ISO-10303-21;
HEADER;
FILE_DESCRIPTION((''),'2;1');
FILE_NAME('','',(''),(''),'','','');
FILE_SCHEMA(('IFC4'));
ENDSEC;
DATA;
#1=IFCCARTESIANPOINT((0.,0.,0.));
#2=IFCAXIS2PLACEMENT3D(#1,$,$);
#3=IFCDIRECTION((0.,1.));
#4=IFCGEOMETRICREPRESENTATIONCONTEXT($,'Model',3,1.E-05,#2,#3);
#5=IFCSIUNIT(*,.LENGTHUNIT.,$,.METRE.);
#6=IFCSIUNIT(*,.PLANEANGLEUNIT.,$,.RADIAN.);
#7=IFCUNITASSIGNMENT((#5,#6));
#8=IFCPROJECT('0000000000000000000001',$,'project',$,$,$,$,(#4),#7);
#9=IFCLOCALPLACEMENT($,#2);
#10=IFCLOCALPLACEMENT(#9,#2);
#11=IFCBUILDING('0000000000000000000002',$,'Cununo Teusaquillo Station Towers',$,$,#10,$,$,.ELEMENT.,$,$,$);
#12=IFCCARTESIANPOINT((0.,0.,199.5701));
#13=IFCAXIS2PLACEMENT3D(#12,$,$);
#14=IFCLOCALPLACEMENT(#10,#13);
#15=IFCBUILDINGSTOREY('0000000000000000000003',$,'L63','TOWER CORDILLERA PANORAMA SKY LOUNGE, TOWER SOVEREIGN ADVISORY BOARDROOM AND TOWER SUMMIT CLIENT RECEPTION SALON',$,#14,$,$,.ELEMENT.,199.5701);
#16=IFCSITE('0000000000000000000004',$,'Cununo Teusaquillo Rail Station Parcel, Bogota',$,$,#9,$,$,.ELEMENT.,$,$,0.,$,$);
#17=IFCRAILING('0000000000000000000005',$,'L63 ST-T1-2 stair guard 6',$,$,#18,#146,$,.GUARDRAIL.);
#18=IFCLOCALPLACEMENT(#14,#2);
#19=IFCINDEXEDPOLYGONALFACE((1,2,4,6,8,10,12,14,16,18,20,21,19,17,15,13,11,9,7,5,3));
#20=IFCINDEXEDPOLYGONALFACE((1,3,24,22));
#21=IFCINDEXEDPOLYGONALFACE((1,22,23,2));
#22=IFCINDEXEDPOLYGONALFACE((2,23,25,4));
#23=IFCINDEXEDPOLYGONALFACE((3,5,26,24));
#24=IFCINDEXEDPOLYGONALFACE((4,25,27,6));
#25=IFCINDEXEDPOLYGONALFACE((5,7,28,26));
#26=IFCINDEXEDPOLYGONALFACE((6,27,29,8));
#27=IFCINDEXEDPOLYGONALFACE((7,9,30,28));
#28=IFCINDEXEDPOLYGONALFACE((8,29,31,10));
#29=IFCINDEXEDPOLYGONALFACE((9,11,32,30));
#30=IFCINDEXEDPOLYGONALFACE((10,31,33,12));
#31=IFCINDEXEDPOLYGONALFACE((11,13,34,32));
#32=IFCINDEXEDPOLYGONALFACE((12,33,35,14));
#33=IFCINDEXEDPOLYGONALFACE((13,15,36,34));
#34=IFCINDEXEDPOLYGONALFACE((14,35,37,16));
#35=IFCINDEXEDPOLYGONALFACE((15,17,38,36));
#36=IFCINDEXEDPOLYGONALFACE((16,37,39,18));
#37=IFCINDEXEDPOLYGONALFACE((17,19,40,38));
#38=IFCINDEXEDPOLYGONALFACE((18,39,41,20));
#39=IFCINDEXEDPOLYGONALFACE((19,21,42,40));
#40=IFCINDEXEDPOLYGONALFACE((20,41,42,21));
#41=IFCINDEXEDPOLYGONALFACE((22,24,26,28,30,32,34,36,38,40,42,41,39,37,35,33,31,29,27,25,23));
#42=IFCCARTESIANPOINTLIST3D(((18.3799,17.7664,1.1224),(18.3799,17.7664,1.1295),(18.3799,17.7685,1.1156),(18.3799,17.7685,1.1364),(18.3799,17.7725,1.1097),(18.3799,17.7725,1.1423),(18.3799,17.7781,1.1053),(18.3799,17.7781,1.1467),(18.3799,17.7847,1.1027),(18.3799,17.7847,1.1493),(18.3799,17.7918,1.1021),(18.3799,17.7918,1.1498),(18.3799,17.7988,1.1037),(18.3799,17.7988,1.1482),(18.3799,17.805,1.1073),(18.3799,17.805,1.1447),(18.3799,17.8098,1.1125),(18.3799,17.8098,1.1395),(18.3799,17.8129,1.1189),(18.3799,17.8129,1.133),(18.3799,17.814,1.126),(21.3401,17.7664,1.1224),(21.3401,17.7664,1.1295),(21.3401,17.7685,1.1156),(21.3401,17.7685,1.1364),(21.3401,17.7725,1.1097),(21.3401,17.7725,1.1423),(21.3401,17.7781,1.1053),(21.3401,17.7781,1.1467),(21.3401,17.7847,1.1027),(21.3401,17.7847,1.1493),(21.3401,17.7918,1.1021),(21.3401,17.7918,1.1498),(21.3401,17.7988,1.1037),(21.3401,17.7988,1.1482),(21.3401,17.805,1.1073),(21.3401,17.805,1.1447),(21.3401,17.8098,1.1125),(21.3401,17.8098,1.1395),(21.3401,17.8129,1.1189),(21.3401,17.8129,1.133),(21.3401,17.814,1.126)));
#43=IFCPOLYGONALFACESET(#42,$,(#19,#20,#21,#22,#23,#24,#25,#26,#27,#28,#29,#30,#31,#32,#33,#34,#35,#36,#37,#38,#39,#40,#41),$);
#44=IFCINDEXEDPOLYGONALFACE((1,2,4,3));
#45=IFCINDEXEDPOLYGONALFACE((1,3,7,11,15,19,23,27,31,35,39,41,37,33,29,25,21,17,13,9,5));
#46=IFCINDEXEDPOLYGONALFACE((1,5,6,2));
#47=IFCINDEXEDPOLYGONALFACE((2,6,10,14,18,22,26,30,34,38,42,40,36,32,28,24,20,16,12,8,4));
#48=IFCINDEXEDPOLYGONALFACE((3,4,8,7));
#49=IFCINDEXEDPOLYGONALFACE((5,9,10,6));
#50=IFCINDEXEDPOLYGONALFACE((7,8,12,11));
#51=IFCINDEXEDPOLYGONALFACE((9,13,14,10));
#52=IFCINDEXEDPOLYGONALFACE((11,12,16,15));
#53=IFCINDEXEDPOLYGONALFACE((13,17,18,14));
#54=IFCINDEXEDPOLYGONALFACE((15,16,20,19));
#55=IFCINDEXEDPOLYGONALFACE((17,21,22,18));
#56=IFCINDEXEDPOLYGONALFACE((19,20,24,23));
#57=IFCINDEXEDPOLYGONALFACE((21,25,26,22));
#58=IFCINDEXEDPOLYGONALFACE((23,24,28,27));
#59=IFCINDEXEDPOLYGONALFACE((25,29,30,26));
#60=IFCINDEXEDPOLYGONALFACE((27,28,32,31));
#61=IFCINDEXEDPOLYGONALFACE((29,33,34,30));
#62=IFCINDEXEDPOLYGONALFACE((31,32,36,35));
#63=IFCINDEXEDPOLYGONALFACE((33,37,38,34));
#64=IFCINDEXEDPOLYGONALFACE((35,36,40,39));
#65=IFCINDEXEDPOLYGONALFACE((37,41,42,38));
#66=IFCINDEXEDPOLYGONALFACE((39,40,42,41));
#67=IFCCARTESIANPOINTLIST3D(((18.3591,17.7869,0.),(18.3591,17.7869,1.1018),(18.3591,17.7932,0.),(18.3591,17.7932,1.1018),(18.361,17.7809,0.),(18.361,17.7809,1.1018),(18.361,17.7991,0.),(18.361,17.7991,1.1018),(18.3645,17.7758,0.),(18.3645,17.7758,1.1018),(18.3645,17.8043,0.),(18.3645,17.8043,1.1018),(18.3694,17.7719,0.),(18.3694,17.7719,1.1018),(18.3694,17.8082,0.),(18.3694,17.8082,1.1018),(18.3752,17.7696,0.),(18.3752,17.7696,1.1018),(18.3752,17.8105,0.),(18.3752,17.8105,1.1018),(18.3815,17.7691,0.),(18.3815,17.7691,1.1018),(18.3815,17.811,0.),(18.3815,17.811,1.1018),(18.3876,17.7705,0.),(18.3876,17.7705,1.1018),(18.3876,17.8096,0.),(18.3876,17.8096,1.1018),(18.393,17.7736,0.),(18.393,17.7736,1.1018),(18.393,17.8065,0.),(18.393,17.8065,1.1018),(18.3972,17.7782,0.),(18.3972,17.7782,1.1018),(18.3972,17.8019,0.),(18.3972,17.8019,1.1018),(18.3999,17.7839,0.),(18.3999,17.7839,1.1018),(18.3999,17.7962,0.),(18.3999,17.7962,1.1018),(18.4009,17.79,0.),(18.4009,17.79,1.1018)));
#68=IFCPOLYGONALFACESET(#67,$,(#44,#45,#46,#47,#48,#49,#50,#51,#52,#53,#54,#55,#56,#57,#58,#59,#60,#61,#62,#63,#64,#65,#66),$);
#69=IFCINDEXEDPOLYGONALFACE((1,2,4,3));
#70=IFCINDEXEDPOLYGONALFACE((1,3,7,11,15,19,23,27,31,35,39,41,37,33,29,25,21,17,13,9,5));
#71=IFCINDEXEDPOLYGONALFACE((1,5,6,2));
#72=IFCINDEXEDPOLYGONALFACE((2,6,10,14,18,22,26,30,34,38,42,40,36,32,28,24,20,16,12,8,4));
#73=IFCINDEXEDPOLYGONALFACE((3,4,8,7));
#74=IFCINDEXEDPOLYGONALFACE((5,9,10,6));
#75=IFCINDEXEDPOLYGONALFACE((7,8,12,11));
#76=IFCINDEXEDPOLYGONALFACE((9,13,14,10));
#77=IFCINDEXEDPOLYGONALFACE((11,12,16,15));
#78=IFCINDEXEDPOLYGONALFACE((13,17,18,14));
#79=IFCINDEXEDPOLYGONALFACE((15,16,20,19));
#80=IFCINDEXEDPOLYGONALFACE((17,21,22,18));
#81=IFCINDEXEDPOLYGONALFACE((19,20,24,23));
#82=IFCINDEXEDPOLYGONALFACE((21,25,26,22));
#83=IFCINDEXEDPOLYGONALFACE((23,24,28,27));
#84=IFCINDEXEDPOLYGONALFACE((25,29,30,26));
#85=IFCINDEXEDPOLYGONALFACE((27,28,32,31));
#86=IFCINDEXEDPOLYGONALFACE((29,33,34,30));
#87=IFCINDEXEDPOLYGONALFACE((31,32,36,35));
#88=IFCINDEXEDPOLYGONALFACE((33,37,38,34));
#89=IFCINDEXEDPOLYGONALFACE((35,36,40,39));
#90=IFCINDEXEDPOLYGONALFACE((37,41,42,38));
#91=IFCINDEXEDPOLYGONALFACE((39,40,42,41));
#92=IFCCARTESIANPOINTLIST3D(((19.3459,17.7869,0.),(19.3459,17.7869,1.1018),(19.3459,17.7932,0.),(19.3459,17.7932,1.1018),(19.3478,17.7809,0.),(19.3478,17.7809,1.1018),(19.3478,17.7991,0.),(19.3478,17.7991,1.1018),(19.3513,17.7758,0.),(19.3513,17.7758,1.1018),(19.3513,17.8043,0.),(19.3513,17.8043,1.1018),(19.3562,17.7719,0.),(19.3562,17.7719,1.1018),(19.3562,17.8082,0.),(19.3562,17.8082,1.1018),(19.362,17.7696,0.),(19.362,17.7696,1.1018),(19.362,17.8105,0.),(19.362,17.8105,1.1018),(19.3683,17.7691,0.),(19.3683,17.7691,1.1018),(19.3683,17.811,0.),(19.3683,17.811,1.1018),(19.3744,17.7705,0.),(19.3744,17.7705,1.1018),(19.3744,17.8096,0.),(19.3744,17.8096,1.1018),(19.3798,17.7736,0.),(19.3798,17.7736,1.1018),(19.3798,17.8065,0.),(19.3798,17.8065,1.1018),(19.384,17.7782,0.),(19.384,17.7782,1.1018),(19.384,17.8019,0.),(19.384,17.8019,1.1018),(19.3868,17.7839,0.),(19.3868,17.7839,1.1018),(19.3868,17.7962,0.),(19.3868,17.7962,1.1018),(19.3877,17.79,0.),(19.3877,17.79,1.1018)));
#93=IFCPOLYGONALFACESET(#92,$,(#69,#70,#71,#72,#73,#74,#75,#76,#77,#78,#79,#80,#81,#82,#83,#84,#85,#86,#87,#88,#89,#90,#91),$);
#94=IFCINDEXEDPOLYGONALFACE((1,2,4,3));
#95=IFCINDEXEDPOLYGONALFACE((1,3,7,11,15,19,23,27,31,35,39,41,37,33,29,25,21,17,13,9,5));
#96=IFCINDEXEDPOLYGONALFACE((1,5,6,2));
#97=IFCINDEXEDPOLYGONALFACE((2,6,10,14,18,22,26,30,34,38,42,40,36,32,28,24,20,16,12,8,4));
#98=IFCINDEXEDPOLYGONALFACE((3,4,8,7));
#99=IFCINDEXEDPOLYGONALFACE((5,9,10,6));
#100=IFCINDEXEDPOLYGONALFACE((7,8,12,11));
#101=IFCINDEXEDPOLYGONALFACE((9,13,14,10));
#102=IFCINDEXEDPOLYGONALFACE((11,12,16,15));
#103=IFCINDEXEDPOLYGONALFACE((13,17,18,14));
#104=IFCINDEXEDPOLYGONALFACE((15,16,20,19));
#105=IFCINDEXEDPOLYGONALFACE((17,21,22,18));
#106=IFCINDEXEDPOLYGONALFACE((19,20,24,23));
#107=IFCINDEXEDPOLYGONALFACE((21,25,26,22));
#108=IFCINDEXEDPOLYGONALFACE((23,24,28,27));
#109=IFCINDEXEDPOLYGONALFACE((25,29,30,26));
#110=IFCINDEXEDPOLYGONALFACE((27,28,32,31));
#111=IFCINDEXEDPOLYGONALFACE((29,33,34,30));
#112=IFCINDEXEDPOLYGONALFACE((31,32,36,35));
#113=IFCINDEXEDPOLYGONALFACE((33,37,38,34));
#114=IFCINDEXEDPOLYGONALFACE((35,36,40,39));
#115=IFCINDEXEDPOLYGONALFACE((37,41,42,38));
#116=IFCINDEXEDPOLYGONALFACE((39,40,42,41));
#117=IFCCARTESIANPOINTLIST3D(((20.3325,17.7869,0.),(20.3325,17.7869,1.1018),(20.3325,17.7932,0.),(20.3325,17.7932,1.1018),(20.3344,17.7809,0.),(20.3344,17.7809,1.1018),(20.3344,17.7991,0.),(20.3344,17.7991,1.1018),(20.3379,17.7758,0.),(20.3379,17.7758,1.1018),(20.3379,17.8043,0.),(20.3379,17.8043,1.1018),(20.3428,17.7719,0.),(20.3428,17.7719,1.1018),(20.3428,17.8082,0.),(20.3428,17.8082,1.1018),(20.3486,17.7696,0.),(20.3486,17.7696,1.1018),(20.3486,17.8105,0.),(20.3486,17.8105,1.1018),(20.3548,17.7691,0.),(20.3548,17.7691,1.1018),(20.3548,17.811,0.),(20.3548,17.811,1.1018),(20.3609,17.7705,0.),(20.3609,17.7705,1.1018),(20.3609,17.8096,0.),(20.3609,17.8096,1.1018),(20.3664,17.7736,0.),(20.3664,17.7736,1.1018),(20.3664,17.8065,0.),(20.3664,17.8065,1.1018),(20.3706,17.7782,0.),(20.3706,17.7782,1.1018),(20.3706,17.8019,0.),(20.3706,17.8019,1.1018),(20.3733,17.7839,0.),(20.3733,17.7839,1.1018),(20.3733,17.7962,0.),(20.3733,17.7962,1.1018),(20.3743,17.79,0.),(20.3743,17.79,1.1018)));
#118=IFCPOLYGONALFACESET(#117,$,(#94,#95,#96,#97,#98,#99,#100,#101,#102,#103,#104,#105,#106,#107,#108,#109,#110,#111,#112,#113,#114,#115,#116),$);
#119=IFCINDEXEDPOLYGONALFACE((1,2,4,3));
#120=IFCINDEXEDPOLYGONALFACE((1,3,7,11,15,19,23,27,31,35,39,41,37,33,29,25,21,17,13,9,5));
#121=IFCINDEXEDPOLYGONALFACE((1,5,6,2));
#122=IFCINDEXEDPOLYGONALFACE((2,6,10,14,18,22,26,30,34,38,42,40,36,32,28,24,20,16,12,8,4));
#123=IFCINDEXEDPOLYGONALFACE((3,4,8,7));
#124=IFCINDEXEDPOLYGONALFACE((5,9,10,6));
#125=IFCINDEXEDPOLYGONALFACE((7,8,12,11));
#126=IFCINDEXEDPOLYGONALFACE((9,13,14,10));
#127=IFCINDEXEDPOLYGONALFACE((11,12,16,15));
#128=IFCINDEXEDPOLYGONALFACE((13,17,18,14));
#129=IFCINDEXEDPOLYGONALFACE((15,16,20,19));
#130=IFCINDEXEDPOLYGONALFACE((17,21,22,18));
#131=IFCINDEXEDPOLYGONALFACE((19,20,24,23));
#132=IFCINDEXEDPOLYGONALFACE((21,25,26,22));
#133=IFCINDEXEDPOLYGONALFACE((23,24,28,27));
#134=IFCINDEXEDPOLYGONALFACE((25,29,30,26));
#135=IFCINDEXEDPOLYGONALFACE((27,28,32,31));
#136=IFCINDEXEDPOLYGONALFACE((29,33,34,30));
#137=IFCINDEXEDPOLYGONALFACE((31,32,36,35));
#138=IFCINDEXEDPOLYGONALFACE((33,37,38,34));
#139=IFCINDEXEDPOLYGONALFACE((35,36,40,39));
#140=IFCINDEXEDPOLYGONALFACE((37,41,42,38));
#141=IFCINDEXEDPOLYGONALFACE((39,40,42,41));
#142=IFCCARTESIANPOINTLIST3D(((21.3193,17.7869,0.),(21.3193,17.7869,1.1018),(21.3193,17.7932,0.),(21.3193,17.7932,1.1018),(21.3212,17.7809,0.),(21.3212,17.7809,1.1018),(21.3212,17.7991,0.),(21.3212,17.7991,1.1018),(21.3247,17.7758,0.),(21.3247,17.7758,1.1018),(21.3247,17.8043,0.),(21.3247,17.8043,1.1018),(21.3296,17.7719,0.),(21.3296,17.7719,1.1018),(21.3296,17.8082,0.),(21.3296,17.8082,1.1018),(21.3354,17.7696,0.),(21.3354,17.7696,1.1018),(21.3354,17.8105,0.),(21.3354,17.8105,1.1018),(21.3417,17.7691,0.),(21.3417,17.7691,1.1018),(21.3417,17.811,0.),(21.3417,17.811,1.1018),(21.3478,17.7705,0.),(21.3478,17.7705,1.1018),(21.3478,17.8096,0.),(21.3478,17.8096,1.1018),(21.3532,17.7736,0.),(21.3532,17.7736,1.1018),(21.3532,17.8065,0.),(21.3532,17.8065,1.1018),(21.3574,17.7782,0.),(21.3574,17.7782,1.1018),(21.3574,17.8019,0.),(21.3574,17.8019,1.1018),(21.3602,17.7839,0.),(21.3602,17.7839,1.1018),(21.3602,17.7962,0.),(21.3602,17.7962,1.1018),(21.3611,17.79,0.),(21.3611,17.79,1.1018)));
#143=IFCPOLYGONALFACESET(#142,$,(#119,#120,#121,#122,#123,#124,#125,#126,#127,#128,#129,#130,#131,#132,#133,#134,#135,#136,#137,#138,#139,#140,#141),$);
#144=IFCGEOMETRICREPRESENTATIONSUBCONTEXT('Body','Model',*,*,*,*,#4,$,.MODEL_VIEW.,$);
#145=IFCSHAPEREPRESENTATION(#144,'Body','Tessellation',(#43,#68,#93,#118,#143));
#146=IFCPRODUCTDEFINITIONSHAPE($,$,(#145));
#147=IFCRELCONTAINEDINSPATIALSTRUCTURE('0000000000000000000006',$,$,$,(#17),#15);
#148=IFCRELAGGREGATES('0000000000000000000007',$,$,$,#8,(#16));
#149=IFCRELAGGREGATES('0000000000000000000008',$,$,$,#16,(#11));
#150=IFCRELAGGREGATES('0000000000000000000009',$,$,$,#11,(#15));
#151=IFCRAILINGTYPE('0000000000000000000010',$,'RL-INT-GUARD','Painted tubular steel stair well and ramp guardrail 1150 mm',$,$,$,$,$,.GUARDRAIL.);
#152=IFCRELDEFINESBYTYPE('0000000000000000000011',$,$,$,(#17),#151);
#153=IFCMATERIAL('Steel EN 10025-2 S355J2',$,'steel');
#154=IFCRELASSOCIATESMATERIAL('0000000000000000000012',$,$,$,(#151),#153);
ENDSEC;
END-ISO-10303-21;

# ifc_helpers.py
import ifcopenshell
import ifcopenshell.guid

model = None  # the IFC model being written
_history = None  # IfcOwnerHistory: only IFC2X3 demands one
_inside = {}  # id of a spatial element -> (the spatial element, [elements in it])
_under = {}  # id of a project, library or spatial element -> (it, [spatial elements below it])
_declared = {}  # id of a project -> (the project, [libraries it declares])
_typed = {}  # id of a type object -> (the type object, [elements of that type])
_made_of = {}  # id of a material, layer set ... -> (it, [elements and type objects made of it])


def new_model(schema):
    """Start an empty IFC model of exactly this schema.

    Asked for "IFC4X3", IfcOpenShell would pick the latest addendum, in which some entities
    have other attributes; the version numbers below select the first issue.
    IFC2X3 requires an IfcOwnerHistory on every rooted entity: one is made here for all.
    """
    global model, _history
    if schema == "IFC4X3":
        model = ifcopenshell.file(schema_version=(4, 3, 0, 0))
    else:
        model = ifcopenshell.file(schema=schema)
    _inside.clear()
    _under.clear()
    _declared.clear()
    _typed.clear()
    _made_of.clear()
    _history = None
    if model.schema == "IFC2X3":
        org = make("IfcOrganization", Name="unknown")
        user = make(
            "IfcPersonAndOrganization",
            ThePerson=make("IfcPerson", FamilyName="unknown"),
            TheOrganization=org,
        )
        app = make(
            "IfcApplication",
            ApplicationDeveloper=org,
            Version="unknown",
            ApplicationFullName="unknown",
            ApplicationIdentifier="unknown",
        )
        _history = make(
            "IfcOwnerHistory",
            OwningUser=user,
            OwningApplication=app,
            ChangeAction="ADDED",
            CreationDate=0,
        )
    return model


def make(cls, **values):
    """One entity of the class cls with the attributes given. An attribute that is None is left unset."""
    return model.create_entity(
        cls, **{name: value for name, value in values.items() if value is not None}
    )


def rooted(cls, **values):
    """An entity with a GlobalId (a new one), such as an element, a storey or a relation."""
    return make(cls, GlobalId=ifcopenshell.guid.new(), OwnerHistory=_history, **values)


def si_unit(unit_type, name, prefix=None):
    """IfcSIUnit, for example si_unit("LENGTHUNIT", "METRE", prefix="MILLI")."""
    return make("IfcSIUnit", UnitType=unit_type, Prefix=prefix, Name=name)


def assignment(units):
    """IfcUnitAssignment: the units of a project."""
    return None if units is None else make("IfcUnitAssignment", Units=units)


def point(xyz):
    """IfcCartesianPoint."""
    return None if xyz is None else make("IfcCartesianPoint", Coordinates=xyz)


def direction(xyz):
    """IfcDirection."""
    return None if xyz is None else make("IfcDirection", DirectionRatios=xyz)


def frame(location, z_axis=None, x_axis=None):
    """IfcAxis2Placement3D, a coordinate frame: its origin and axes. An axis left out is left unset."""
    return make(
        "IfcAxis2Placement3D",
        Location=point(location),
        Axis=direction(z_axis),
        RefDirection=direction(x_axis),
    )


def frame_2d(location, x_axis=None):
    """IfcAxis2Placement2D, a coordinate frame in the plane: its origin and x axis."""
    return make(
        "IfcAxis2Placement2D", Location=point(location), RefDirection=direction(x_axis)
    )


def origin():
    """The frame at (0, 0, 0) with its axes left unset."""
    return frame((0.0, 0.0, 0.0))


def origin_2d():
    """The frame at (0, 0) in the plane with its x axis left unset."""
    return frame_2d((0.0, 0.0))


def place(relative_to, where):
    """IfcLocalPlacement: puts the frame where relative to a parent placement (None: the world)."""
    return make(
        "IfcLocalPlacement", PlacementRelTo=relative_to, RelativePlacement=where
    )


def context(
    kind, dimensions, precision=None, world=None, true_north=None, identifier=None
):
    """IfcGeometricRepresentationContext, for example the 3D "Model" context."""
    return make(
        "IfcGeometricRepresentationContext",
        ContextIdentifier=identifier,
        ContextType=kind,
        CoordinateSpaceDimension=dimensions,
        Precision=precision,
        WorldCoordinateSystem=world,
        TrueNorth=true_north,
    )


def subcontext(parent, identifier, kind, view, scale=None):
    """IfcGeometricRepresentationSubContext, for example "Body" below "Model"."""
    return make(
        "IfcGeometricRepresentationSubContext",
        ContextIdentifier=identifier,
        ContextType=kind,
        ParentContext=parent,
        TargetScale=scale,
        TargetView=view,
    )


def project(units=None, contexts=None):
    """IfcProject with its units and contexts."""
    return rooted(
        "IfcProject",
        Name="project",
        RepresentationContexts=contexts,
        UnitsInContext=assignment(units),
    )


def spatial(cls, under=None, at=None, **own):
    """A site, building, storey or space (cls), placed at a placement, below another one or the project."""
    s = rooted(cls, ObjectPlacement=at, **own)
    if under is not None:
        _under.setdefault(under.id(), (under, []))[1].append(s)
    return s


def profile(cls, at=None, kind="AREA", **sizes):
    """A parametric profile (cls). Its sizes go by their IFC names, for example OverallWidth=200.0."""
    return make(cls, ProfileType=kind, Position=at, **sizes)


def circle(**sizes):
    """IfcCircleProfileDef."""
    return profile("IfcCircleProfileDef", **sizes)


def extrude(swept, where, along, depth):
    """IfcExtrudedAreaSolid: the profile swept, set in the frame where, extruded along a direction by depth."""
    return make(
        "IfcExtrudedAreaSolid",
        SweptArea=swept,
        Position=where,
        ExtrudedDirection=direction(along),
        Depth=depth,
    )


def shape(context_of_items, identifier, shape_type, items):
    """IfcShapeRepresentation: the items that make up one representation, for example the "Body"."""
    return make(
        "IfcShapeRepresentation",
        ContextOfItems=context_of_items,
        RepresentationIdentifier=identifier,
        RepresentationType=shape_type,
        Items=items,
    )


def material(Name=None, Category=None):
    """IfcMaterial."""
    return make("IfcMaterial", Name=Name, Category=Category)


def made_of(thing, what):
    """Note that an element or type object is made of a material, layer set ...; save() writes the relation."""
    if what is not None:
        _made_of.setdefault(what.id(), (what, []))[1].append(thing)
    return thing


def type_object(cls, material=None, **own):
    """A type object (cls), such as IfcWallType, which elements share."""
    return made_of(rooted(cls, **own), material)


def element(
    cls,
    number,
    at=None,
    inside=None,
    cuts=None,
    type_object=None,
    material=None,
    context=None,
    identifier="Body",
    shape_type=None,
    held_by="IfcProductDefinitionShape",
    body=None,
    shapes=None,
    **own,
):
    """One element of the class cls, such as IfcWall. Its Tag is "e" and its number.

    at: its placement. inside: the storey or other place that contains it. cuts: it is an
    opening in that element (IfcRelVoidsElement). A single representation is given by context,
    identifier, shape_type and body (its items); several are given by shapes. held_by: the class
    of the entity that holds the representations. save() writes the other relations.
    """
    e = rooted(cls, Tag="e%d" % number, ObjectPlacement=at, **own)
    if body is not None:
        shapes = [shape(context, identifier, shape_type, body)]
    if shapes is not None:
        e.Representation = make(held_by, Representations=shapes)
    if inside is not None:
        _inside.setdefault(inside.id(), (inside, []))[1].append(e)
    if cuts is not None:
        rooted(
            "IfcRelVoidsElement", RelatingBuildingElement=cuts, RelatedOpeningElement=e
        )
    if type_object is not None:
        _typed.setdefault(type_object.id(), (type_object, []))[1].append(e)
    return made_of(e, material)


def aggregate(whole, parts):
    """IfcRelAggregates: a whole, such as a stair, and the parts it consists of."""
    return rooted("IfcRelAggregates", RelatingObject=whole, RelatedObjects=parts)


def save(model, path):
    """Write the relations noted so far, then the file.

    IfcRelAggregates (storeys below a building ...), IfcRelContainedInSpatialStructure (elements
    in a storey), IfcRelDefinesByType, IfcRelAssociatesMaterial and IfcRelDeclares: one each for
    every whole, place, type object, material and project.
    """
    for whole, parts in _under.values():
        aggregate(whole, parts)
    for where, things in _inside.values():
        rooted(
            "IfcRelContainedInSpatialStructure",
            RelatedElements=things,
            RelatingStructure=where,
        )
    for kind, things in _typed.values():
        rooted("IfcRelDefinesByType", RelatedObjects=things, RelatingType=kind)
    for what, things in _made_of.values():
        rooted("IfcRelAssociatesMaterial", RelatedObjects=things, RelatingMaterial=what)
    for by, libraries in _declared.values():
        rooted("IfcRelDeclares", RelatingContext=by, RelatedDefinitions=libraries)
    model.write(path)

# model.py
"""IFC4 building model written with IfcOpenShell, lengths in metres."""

from ifc_helpers import new_model, si_unit, direction, frame, origin, origin_2d, place, context, subcontext, project, spatial, circle, extrude, material, type_object, element, save


model = new_model("IFC4")

# Units and contexts
model_context = context("Model", 3, precision=1e-05, world=origin(), true_north=direction((0.0, 1.0)))
body_context = subcontext(model_context, "Body", "Model", "MODEL_VIEW")
ifc_project = project(units=[si_unit("LENGTHUNIT", "METRE"), si_unit("PLANEANGLEUNIT", "RADIAN")], contexts=[model_context])

# Site, building, storey
site_placement = place(None, origin())
site = spatial("IfcSite", under=ifc_project, at=site_placement, Name="Cununo Teusaquillo Rail Station Parcel, Bogota", CompositionType="ELEMENT", RefElevation=0.0)
building_placement = place(site_placement, origin())
building = spatial("IfcBuilding", under=site, at=building_placement, Name="Cununo Teusaquillo Station Towers", CompositionType="ELEMENT")
storey_placement = place(building_placement, frame((0.0, 0.0, 199.5701)))
storey = spatial("IfcBuildingStorey", under=building, at=storey_placement, Name="L63", Description="TOWER CORDILLERA PANORAMA SKY LOUNGE, TOWER SOVEREIGN ADVISORY BOARDROOM AND TOWER SUMMIT CLIENT RECEPTION SALON", CompositionType="ELEMENT", Elevation=199.5701)

# Railing
ifc_material_1 = material(Name="Steel EN 10025-2 S355J2", Category="steel")
railing_type_1 = type_object("IfcRailingType", Name="RL-INT-GUARD", Description="Painted tubular steel stair well and ramp guardrail 1150 mm", PredefinedType="GUARDRAIL", material=ifc_material_1)
railing_1_placement = place(storey_placement, frame((18.3799, 17.79, 0.0)))
element("IfcRailing", 1, at=railing_1_placement, inside=storey, type_object=railing_type_1, Name="L63 ST-T1-2 stair guard 6", PredefinedType="GUARDRAIL", context=body_context, shape_type="SweptSolid", body=[
    extrude(circle(Radius=0.0239, at=origin_2d()), frame((0.0, 0.0, 1.126), z_axis=(1.0, 0.0, 0.0), x_axis=(0.0, 1.0, 0.0)), (0.0, 0.0, 1.0), 2.9602),
    extrude(circle(Radius=0.021, at=origin_2d()), origin(), (0.0, 0.0, 1.0), 1.1018),
    extrude(circle(Radius=0.021, at=origin_2d()), frame((0.9868, 0.0, 0.0)), (0.0, 0.0, 1.0), 1.1018),
    extrude(circle(Radius=0.021, at=origin_2d()), frame((1.9734, 0.0, 0.0)), (0.0, 0.0, 1.0), 1.1018),
    extrude(circle(Radius=0.021, at=origin_2d()), frame((2.9602, 0.0, 0.0)), (0.0, 0.0, 1.0), 1.1018),
])

save(model, "model.ifc")
